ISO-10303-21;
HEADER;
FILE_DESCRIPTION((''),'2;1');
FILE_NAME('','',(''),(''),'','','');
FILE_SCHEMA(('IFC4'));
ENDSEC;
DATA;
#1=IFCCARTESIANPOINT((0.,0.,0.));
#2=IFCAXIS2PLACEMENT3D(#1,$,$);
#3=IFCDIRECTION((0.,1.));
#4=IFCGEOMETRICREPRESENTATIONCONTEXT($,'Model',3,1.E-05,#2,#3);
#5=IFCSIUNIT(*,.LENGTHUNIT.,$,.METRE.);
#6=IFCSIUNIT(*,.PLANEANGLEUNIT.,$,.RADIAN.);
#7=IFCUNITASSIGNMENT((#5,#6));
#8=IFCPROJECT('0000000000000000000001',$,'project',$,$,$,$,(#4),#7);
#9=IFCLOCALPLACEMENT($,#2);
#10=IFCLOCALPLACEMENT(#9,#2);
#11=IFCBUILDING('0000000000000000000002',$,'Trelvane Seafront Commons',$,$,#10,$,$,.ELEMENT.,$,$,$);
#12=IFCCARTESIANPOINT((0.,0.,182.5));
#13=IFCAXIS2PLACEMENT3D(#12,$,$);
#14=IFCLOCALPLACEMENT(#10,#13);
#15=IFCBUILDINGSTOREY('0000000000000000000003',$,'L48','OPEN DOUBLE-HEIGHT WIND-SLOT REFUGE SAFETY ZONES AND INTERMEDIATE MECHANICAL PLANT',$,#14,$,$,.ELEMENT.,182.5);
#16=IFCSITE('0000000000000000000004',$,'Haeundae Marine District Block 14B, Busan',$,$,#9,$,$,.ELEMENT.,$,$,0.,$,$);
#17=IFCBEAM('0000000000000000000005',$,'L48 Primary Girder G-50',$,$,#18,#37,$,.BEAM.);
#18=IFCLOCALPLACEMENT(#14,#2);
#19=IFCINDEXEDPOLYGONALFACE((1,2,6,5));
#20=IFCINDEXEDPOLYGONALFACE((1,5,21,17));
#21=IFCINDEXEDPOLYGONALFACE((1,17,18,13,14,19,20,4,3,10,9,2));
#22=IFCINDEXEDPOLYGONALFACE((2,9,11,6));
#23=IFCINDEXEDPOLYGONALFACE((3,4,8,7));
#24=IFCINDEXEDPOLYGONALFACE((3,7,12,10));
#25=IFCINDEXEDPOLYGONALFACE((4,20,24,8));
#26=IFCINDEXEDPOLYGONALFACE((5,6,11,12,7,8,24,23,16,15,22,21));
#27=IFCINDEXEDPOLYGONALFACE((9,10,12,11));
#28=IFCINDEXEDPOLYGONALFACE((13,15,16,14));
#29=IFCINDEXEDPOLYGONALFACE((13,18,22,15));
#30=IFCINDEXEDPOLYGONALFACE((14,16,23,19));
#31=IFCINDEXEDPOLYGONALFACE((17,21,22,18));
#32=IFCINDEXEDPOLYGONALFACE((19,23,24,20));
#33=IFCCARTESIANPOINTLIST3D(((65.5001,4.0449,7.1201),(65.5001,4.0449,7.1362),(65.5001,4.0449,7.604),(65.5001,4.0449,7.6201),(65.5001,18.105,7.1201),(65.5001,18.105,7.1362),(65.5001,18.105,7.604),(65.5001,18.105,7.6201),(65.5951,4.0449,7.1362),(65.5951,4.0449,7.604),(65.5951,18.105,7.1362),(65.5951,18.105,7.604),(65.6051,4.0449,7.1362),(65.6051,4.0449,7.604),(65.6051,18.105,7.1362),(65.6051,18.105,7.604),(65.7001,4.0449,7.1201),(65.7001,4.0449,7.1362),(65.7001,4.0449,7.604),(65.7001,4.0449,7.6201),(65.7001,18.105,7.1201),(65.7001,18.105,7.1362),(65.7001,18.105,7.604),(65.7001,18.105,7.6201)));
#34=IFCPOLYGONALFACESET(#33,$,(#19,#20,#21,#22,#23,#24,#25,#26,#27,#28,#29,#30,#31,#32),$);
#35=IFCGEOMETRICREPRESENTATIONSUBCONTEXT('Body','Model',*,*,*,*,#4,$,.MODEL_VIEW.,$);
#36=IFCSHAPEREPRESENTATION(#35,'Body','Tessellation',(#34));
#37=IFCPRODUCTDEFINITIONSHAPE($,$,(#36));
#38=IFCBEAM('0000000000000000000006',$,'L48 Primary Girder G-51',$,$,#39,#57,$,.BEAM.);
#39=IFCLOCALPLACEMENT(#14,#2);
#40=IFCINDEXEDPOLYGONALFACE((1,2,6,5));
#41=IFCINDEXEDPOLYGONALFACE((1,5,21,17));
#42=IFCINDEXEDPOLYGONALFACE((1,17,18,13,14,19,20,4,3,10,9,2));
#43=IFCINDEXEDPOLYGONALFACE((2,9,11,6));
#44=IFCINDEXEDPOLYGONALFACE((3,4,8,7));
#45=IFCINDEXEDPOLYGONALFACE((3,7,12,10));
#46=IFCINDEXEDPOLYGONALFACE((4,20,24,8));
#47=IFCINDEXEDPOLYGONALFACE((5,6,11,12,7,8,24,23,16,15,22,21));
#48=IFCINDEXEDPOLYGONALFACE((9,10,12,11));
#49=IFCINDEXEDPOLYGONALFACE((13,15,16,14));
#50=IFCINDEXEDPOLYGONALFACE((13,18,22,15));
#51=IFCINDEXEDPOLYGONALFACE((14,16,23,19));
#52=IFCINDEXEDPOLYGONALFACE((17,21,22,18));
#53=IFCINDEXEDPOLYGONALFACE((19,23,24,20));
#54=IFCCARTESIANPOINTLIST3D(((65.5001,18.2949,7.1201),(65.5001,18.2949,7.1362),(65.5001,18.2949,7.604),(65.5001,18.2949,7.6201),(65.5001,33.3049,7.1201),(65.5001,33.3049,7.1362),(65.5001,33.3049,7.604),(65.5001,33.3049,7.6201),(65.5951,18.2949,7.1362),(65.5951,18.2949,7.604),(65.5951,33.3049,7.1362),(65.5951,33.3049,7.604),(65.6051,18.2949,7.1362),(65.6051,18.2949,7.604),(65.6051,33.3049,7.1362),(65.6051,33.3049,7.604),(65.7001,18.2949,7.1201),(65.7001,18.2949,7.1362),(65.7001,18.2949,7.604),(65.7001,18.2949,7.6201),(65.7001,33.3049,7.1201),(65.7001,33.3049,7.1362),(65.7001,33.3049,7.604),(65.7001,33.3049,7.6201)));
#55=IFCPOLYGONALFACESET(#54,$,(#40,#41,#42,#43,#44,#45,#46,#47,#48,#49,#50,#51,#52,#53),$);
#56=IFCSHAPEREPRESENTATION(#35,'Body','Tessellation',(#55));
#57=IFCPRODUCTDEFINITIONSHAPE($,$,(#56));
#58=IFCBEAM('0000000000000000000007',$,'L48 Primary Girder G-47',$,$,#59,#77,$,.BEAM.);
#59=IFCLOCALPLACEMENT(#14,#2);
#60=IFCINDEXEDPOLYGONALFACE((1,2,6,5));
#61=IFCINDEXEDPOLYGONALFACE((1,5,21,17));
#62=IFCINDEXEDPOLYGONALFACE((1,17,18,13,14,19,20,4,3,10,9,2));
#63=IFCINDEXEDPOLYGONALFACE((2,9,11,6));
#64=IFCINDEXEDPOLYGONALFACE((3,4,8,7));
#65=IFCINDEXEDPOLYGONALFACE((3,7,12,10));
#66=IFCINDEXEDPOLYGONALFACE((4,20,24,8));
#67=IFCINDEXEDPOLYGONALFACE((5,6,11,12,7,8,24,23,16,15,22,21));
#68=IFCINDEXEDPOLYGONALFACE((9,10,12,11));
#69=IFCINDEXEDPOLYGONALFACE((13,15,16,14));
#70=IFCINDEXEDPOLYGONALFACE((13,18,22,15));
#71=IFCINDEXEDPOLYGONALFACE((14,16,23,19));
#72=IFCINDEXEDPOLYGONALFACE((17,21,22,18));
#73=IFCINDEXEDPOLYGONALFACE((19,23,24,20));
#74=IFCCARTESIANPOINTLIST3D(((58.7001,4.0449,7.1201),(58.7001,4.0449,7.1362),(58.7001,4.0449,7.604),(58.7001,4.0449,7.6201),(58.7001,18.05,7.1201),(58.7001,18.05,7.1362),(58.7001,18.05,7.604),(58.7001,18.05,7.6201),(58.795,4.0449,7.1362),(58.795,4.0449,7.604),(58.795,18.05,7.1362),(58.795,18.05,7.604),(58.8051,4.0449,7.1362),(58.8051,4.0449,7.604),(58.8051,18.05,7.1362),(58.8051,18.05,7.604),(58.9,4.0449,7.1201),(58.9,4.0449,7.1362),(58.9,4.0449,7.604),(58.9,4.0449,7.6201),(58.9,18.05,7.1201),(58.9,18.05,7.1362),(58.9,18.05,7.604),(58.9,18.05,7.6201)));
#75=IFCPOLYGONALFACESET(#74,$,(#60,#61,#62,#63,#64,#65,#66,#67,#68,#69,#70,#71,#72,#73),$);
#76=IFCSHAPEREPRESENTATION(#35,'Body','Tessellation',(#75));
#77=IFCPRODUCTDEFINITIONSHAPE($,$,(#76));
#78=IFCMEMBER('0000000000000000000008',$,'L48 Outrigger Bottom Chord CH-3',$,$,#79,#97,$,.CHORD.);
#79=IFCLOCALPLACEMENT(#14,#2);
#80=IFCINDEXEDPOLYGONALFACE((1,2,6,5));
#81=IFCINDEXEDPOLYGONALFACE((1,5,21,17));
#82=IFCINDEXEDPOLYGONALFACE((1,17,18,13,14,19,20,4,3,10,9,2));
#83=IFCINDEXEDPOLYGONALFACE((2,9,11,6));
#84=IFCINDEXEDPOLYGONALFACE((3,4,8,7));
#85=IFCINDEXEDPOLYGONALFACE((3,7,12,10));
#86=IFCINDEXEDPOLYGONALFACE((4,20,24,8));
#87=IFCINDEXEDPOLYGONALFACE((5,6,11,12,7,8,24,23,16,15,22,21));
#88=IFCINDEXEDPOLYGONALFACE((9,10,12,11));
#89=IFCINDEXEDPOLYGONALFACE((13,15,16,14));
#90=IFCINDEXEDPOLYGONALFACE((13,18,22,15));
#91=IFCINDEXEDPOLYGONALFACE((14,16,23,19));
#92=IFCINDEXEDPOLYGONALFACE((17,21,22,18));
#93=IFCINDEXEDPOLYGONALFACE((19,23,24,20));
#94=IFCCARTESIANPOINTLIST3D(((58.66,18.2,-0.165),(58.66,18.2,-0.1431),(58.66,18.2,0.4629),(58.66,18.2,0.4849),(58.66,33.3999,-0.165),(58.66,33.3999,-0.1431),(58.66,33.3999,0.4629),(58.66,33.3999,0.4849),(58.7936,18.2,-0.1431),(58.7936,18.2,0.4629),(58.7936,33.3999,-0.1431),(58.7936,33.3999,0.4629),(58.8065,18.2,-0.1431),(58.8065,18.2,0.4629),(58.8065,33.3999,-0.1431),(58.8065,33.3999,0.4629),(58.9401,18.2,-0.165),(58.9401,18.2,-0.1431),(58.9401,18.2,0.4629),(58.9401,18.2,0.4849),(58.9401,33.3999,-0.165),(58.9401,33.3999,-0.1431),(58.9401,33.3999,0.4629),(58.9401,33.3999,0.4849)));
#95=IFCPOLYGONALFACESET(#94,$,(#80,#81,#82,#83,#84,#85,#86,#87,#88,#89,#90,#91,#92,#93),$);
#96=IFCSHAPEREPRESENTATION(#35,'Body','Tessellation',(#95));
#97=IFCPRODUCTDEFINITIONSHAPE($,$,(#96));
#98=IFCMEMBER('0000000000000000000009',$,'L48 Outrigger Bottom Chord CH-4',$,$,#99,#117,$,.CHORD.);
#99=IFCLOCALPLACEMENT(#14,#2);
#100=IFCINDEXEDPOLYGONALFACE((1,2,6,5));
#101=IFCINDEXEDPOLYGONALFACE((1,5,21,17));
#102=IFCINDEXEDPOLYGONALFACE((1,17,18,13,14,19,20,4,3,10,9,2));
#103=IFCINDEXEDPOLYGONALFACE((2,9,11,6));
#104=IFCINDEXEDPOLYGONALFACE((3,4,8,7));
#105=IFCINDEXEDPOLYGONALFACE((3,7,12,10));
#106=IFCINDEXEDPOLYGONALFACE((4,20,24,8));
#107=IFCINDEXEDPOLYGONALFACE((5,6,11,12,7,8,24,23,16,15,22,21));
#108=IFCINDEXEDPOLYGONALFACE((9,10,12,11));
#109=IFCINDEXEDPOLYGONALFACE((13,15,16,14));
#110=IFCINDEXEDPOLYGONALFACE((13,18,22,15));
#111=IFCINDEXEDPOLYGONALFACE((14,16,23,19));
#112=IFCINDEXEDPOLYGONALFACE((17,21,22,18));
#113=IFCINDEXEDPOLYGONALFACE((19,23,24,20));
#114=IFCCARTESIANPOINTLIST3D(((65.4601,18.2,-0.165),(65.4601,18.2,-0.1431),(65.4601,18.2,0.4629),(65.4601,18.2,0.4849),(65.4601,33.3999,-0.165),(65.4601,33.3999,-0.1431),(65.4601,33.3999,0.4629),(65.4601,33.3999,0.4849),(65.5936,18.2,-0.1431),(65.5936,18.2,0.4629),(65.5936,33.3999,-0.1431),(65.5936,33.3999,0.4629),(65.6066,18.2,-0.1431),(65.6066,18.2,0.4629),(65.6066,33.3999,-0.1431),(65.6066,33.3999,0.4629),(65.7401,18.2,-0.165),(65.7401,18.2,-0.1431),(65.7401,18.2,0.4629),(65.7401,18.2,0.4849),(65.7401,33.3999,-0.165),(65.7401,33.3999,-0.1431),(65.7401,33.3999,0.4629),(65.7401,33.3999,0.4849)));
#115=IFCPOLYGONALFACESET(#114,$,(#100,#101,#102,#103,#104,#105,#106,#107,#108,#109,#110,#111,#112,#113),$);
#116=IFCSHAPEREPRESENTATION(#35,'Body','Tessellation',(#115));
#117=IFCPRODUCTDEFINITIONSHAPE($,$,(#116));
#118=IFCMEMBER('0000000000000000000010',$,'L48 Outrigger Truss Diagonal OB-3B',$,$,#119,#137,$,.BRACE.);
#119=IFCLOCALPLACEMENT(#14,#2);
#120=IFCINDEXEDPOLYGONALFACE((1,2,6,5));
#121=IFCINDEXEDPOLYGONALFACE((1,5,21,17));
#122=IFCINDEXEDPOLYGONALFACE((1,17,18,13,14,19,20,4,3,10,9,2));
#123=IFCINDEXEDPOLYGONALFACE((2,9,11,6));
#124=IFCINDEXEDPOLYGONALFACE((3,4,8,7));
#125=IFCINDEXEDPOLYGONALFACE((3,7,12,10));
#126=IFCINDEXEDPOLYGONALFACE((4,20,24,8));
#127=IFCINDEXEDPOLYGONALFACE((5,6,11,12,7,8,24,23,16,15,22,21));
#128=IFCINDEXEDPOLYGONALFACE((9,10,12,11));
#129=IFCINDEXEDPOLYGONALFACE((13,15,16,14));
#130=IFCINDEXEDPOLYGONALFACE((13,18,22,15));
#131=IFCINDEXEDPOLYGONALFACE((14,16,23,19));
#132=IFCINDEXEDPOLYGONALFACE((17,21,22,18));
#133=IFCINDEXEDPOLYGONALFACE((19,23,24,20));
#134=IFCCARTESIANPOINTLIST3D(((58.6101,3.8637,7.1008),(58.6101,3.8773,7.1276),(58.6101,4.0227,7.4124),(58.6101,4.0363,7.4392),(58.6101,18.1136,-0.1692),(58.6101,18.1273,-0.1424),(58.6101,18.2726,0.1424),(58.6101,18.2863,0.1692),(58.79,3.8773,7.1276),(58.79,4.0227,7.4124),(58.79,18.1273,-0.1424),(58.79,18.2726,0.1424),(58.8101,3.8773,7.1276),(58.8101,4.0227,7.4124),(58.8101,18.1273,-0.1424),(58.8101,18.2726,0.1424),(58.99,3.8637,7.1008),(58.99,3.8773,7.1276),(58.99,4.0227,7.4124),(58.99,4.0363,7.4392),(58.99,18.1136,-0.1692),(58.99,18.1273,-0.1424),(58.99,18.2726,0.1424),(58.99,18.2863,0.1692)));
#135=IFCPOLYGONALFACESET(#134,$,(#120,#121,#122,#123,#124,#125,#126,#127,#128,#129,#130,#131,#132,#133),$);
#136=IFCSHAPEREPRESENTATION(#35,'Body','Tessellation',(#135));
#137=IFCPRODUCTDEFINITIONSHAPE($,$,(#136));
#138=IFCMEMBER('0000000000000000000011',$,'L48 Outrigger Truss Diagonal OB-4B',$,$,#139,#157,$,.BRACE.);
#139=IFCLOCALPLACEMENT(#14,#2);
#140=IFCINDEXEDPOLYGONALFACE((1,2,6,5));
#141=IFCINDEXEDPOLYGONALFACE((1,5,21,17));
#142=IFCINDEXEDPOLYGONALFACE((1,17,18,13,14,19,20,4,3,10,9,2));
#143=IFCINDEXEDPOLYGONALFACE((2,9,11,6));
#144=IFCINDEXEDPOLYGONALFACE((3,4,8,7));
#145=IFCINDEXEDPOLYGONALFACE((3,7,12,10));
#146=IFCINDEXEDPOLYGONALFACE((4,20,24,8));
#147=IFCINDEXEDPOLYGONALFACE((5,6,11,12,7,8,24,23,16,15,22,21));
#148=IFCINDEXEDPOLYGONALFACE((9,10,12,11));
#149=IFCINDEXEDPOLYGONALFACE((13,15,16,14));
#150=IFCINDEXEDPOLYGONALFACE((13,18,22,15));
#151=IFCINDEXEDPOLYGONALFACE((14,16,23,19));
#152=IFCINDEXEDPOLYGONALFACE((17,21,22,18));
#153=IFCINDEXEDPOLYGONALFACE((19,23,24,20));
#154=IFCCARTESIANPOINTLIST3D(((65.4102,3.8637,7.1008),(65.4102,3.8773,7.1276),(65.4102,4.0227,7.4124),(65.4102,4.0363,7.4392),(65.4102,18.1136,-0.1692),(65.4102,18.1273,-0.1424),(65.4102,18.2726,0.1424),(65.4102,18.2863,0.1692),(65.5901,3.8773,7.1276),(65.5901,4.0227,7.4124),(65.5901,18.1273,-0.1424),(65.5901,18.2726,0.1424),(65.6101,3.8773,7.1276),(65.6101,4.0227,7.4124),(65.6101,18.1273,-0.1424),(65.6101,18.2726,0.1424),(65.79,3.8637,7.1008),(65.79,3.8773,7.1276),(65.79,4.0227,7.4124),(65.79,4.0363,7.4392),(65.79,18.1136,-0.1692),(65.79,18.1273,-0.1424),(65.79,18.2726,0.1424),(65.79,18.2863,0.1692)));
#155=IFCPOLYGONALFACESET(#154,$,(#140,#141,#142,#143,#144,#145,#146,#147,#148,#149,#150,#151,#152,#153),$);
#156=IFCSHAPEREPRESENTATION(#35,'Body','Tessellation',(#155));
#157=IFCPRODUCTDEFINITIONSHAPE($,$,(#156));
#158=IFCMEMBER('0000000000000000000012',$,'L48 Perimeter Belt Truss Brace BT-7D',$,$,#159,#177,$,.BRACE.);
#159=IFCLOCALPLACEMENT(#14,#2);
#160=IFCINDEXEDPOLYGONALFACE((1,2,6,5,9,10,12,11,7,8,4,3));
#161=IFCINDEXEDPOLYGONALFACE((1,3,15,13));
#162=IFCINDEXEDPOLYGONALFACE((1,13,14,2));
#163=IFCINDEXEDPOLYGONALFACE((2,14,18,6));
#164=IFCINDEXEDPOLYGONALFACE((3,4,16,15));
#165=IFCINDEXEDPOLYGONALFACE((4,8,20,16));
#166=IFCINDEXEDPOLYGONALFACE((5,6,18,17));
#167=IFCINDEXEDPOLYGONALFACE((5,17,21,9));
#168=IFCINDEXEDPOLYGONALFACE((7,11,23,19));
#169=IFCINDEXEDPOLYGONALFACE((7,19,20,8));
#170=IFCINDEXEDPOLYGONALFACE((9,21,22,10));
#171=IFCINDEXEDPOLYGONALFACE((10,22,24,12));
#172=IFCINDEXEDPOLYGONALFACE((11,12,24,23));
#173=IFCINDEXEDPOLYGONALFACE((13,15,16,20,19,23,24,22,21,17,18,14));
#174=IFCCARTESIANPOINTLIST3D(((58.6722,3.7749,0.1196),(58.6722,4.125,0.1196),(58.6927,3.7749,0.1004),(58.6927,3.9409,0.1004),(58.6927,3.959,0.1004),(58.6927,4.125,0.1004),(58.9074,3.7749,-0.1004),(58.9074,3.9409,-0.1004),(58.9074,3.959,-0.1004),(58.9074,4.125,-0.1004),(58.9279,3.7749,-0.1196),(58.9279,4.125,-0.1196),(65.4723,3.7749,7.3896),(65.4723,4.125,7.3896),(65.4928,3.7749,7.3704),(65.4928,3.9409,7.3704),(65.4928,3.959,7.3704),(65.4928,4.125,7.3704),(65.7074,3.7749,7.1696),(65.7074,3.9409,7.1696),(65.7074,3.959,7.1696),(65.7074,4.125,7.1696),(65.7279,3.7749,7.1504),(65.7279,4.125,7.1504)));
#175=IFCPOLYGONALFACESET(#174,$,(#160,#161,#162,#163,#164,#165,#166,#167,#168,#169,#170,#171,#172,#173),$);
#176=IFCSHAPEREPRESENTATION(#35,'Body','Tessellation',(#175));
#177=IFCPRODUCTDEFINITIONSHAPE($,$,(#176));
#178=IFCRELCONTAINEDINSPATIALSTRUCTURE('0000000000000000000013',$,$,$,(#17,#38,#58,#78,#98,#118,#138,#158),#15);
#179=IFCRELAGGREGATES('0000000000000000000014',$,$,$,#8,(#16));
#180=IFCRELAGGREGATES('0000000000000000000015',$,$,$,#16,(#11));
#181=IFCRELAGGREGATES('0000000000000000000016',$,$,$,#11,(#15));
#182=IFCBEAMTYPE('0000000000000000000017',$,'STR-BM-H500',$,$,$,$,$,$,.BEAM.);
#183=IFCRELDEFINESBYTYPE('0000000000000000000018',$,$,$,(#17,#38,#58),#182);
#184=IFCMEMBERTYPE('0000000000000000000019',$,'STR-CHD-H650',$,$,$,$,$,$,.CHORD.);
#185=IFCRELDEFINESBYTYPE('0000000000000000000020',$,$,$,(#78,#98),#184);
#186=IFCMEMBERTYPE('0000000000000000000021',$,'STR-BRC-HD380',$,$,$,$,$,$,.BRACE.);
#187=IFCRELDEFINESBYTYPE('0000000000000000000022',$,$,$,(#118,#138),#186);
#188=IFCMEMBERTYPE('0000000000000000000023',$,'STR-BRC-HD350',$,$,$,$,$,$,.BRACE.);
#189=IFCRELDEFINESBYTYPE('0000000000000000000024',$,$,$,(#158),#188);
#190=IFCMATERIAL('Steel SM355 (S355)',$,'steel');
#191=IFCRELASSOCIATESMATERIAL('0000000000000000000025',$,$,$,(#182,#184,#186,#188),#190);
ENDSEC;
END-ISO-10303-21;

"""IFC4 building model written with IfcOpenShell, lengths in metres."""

from ifc_helpers import new_model, si_unit, direction, frame, origin, origin_2d, place, context, subcontext, project, spatial, i_section, extrude, source, transform, mapped, material, material_profile, profile_set, type_object, element, save


model = new_model("IFC4")

# Units and contexts
model_context = context("Model", 3, precision=1e-05, world=origin(), true_north=direction((0.0, 1.0)))
body_context = subcontext(model_context, "Body", "Model", "MODEL_VIEW")
ifc_project = project(units=[si_unit("LENGTHUNIT", "METRE"), si_unit("PLANEANGLEUNIT", "RADIAN")], contexts=[model_context])

# Site, building, storey
site_placement = place(None, origin())
site = spatial("IfcSite", under=ifc_project, at=site_placement, Name="Haeundae Marine District Block 14B, Busan", CompositionType="ELEMENT", RefElevation=0.0)
building_placement = place(site_placement, origin())
building = spatial("IfcBuilding", under=site, at=building_placement, Name="Trelvane Seafront Commons", CompositionType="ELEMENT")
storey_placement = place(building_placement, frame((0.0, 0.0, 182.5)))
storey = spatial("IfcBuildingStorey", under=building, at=storey_placement, Name="L48", Description="OPEN DOUBLE-HEIGHT WIND-SLOT REFUGE SAFETY ZONES AND INTERMEDIATE MECHANICAL PLANT", CompositionType="ELEMENT", Elevation=182.5)

# Shared definitions
ifc_material_1 = material(Name="Steel SM355 (S355)", Category="steel")

# Beams
ifc_material_profile_1 = material_profile(ifc_material_1, i_section(OverallWidth=0.2, OverallDepth=0.5, WebThickness=0.01, FlangeThickness=0.0161, at=origin_2d()), Name="H-500x200x10x16")
ifc_profile_set_1 = profile_set([ifc_material_profile_1], Name="Steel SM355 (S355)")
beam_type_1 = type_object("IfcBeamType", Name="STR-BM-H500", PredefinedType="BEAM", material=ifc_profile_set_1)
shared_shape_1 = source(origin(), body_context, "Body", "SweptSolid", [
    extrude(i_section(OverallWidth=0.2, OverallDepth=0.5, WebThickness=0.01, FlangeThickness=0.0161, at=origin_2d()), origin(), (0.0, 0.0, 1.0), 14.0601),
])
beam_1_placement = place(storey_placement, frame((65.6001, 4.0449, 7.3701), z_axis=(0.0, 1.0, 0.0), x_axis=(-1.0, 0.0, 0.0)))
element("IfcBeam", 1, at=beam_1_placement, inside=storey, type_object=beam_type_1, Name="L48 Primary Girder G-50", PredefinedType="BEAM", context=body_context, shape_type="MappedRepresentation", body=[
    mapped(shared_shape_1, transform((0.0, 0.0, 0.0), x_axis=(1.0, 0.0, 0.0), y_axis=(0.0, 1.0, 0.0), z_axis=(0.0, 0.0, 1.0), scale=1.0)),
])
shared_shape_2 = source(origin(), body_context, "Body", "SweptSolid", [
    extrude(i_section(OverallWidth=0.2, OverallDepth=0.5, WebThickness=0.01, FlangeThickness=0.0161, at=origin_2d()), origin(), (0.0, 0.0, 1.0), 15.01),
])
beam_2_placement = place(storey_placement, frame((65.6001, 18.2949, 7.3701), z_axis=(0.0, 1.0, 0.0), x_axis=(-1.0, 0.0, 0.0)))
element("IfcBeam", 2, at=beam_2_placement, inside=storey, type_object=beam_type_1, Name="L48 Primary Girder G-51", PredefinedType="BEAM", context=body_context, shape_type="MappedRepresentation", body=[
    mapped(shared_shape_2, transform((0.0, 0.0, 0.0), x_axis=(1.0, 0.0, 0.0), y_axis=(0.0, 1.0, 0.0), z_axis=(0.0, 0.0, 1.0), scale=1.0)),
])
shared_shape_3 = source(origin(), body_context, "Body", "SweptSolid", [
    extrude(i_section(OverallWidth=0.2, OverallDepth=0.5, WebThickness=0.01, FlangeThickness=0.0161, at=origin_2d()), origin(), (0.0, 0.0, 1.0), 14.0051),
])
beam_3_placement = place(storey_placement, frame((58.8, 4.0449, 7.3701), z_axis=(0.0, 1.0, 0.0), x_axis=(-1.0, 0.0, 0.0)))
element("IfcBeam", 3, at=beam_3_placement, inside=storey, type_object=beam_type_1, Name="L48 Primary Girder G-47", PredefinedType="BEAM", context=body_context, shape_type="MappedRepresentation", body=[
    mapped(shared_shape_3, transform((0.0, 0.0, 0.0), x_axis=(1.0, 0.0, 0.0), y_axis=(0.0, 1.0, 0.0), z_axis=(0.0, 0.0, 1.0), scale=1.0)),
])

# Members
ifc_material_profile_2 = material_profile(ifc_material_1, i_section(OverallWidth=0.28, OverallDepth=0.6499, WebThickness=0.0129, FlangeThickness=0.022, at=origin_2d()), Name="H-650x280x13x22")
ifc_profile_set_2 = profile_set([ifc_material_profile_2], Name="Steel SM355 (S355)")
member_type_1 = type_object("IfcMemberType", Name="STR-CHD-H650", PredefinedType="CHORD", material=ifc_profile_set_2)
shared_shape_4 = source(origin(), body_context, "Body", "SweptSolid", [
    extrude(i_section(OverallWidth=0.28, OverallDepth=0.6499, WebThickness=0.0129, FlangeThickness=0.022, at=origin_2d()), origin(), (0.0, 0.0, 1.0), 15.2),
])
for number, where, z_axis, x_axis, name in (
    (4, (58.8, 18.2, 0.1599), (0.0, 1.0, 0.0), (-1.0, 0.0, 0.0), "L48 Outrigger Bottom Chord CH-3"),
    (5, (65.6001, 18.2, 0.1599), (0.0, 1.0, 0.0), (-1.0, 0.0, 0.0), "L48 Outrigger Bottom Chord CH-4"),
):
    element("IfcMember", number, at=place(storey_placement, frame(where, z_axis=z_axis, x_axis=x_axis)), inside=storey, type_object=member_type_1, Name=name, PredefinedType="CHORD", context=body_context, shape_type="MappedRepresentation", body=[
        mapped(shared_shape_4, transform((0.0, 0.0, 0.0), x_axis=(1.0, 0.0, 0.0), y_axis=(0.0, 1.0, 0.0), z_axis=(0.0, 0.0, 1.0), scale=1.0)),
    ])
ifc_material_profile_3 = material_profile(ifc_material_1, i_section(OverallWidth=0.3799, OverallDepth=0.3799, WebThickness=0.02, FlangeThickness=0.03, at=origin_2d()), Name="HD-380x380x20x30")
ifc_profile_set_3 = profile_set([ifc_material_profile_3], Name="Steel SM355 (S355)")
member_type_2 = type_object("IfcMemberType", Name="STR-BRC-HD380", PredefinedType="BRACE", material=ifc_profile_set_3)
shared_shape_5 = source(origin(), body_context, "Body", "SweptSolid", [
    extrude(i_section(OverallWidth=0.3799, OverallDepth=0.3799, WebThickness=0.02, FlangeThickness=0.03, at=origin_2d()), origin(), (0.0, 0.0, 1.0), 15.9973),
])
for number, where, z_axis, x_axis, name in (
    (6, (58.8, 18.2, 0.0), (0.0, -0.890772, 0.454451), (1.0, 0.0, 0.0), "L48 Outrigger Truss Diagonal OB-3B"),
    (7, (65.6001, 18.2, 0.0), (0.0, -0.890772, 0.454451), (1.0, 0.0, 0.0), "L48 Outrigger Truss Diagonal OB-4B"),
):
    element("IfcMember", number, at=place(storey_placement, frame(where, z_axis=z_axis, x_axis=x_axis)), inside=storey, type_object=member_type_2, Name=name, PredefinedType="BRACE", context=body_context, shape_type="MappedRepresentation", body=[
        mapped(shared_shape_5, transform((0.0, 0.0, 0.0), x_axis=(1.0, 0.0, 0.0), y_axis=(0.0, 1.0, 0.0), z_axis=(0.0, 0.0, 1.0), scale=1.0)),
    ])
ifc_material_profile_4 = material_profile(ifc_material_1, i_section(OverallWidth=0.3501, OverallDepth=0.3501, WebThickness=0.0181, FlangeThickness=0.0281, at=origin_2d()), Name="HD-350x350x18x28")
ifc_profile_set_4 = profile_set([ifc_material_profile_4], Name="Steel SM355 (S355)")
member_type_3 = type_object("IfcMemberType", Name="STR-BRC-HD350", PredefinedType="BRACE", material=ifc_profile_set_4)
shared_shape_6 = source(origin(), body_context, "Body", "SweptSolid", [
    extrude(i_section(OverallWidth=0.3501, OverallDepth=0.3501, WebThickness=0.0181, FlangeThickness=0.0281, at=origin_2d()), origin(), (0.0, 0.0, 1.0), 9.9546),
])
member_1_placement = place(storey_placement, frame((58.8, 3.95, 0.0), z_axis=(0.683107, 0.0, 0.730318), x_axis=(0.0, 1.0, 0.0)))
element("IfcMember", 8, at=member_1_placement, inside=storey, type_object=member_type_3, Name="L48 Perimeter Belt Truss Brace BT-7D", PredefinedType="BRACE", context=body_context, shape_type="MappedRepresentation", body=[
    mapped(shared_shape_6, transform((0.0, 0.0, 0.0), x_axis=(1.0, 0.0, 0.0), y_axis=(0.0, 1.0, 0.0), z_axis=(0.0, 0.0, 1.0), scale=1.0)),
])

save(model, "model.ifc")
